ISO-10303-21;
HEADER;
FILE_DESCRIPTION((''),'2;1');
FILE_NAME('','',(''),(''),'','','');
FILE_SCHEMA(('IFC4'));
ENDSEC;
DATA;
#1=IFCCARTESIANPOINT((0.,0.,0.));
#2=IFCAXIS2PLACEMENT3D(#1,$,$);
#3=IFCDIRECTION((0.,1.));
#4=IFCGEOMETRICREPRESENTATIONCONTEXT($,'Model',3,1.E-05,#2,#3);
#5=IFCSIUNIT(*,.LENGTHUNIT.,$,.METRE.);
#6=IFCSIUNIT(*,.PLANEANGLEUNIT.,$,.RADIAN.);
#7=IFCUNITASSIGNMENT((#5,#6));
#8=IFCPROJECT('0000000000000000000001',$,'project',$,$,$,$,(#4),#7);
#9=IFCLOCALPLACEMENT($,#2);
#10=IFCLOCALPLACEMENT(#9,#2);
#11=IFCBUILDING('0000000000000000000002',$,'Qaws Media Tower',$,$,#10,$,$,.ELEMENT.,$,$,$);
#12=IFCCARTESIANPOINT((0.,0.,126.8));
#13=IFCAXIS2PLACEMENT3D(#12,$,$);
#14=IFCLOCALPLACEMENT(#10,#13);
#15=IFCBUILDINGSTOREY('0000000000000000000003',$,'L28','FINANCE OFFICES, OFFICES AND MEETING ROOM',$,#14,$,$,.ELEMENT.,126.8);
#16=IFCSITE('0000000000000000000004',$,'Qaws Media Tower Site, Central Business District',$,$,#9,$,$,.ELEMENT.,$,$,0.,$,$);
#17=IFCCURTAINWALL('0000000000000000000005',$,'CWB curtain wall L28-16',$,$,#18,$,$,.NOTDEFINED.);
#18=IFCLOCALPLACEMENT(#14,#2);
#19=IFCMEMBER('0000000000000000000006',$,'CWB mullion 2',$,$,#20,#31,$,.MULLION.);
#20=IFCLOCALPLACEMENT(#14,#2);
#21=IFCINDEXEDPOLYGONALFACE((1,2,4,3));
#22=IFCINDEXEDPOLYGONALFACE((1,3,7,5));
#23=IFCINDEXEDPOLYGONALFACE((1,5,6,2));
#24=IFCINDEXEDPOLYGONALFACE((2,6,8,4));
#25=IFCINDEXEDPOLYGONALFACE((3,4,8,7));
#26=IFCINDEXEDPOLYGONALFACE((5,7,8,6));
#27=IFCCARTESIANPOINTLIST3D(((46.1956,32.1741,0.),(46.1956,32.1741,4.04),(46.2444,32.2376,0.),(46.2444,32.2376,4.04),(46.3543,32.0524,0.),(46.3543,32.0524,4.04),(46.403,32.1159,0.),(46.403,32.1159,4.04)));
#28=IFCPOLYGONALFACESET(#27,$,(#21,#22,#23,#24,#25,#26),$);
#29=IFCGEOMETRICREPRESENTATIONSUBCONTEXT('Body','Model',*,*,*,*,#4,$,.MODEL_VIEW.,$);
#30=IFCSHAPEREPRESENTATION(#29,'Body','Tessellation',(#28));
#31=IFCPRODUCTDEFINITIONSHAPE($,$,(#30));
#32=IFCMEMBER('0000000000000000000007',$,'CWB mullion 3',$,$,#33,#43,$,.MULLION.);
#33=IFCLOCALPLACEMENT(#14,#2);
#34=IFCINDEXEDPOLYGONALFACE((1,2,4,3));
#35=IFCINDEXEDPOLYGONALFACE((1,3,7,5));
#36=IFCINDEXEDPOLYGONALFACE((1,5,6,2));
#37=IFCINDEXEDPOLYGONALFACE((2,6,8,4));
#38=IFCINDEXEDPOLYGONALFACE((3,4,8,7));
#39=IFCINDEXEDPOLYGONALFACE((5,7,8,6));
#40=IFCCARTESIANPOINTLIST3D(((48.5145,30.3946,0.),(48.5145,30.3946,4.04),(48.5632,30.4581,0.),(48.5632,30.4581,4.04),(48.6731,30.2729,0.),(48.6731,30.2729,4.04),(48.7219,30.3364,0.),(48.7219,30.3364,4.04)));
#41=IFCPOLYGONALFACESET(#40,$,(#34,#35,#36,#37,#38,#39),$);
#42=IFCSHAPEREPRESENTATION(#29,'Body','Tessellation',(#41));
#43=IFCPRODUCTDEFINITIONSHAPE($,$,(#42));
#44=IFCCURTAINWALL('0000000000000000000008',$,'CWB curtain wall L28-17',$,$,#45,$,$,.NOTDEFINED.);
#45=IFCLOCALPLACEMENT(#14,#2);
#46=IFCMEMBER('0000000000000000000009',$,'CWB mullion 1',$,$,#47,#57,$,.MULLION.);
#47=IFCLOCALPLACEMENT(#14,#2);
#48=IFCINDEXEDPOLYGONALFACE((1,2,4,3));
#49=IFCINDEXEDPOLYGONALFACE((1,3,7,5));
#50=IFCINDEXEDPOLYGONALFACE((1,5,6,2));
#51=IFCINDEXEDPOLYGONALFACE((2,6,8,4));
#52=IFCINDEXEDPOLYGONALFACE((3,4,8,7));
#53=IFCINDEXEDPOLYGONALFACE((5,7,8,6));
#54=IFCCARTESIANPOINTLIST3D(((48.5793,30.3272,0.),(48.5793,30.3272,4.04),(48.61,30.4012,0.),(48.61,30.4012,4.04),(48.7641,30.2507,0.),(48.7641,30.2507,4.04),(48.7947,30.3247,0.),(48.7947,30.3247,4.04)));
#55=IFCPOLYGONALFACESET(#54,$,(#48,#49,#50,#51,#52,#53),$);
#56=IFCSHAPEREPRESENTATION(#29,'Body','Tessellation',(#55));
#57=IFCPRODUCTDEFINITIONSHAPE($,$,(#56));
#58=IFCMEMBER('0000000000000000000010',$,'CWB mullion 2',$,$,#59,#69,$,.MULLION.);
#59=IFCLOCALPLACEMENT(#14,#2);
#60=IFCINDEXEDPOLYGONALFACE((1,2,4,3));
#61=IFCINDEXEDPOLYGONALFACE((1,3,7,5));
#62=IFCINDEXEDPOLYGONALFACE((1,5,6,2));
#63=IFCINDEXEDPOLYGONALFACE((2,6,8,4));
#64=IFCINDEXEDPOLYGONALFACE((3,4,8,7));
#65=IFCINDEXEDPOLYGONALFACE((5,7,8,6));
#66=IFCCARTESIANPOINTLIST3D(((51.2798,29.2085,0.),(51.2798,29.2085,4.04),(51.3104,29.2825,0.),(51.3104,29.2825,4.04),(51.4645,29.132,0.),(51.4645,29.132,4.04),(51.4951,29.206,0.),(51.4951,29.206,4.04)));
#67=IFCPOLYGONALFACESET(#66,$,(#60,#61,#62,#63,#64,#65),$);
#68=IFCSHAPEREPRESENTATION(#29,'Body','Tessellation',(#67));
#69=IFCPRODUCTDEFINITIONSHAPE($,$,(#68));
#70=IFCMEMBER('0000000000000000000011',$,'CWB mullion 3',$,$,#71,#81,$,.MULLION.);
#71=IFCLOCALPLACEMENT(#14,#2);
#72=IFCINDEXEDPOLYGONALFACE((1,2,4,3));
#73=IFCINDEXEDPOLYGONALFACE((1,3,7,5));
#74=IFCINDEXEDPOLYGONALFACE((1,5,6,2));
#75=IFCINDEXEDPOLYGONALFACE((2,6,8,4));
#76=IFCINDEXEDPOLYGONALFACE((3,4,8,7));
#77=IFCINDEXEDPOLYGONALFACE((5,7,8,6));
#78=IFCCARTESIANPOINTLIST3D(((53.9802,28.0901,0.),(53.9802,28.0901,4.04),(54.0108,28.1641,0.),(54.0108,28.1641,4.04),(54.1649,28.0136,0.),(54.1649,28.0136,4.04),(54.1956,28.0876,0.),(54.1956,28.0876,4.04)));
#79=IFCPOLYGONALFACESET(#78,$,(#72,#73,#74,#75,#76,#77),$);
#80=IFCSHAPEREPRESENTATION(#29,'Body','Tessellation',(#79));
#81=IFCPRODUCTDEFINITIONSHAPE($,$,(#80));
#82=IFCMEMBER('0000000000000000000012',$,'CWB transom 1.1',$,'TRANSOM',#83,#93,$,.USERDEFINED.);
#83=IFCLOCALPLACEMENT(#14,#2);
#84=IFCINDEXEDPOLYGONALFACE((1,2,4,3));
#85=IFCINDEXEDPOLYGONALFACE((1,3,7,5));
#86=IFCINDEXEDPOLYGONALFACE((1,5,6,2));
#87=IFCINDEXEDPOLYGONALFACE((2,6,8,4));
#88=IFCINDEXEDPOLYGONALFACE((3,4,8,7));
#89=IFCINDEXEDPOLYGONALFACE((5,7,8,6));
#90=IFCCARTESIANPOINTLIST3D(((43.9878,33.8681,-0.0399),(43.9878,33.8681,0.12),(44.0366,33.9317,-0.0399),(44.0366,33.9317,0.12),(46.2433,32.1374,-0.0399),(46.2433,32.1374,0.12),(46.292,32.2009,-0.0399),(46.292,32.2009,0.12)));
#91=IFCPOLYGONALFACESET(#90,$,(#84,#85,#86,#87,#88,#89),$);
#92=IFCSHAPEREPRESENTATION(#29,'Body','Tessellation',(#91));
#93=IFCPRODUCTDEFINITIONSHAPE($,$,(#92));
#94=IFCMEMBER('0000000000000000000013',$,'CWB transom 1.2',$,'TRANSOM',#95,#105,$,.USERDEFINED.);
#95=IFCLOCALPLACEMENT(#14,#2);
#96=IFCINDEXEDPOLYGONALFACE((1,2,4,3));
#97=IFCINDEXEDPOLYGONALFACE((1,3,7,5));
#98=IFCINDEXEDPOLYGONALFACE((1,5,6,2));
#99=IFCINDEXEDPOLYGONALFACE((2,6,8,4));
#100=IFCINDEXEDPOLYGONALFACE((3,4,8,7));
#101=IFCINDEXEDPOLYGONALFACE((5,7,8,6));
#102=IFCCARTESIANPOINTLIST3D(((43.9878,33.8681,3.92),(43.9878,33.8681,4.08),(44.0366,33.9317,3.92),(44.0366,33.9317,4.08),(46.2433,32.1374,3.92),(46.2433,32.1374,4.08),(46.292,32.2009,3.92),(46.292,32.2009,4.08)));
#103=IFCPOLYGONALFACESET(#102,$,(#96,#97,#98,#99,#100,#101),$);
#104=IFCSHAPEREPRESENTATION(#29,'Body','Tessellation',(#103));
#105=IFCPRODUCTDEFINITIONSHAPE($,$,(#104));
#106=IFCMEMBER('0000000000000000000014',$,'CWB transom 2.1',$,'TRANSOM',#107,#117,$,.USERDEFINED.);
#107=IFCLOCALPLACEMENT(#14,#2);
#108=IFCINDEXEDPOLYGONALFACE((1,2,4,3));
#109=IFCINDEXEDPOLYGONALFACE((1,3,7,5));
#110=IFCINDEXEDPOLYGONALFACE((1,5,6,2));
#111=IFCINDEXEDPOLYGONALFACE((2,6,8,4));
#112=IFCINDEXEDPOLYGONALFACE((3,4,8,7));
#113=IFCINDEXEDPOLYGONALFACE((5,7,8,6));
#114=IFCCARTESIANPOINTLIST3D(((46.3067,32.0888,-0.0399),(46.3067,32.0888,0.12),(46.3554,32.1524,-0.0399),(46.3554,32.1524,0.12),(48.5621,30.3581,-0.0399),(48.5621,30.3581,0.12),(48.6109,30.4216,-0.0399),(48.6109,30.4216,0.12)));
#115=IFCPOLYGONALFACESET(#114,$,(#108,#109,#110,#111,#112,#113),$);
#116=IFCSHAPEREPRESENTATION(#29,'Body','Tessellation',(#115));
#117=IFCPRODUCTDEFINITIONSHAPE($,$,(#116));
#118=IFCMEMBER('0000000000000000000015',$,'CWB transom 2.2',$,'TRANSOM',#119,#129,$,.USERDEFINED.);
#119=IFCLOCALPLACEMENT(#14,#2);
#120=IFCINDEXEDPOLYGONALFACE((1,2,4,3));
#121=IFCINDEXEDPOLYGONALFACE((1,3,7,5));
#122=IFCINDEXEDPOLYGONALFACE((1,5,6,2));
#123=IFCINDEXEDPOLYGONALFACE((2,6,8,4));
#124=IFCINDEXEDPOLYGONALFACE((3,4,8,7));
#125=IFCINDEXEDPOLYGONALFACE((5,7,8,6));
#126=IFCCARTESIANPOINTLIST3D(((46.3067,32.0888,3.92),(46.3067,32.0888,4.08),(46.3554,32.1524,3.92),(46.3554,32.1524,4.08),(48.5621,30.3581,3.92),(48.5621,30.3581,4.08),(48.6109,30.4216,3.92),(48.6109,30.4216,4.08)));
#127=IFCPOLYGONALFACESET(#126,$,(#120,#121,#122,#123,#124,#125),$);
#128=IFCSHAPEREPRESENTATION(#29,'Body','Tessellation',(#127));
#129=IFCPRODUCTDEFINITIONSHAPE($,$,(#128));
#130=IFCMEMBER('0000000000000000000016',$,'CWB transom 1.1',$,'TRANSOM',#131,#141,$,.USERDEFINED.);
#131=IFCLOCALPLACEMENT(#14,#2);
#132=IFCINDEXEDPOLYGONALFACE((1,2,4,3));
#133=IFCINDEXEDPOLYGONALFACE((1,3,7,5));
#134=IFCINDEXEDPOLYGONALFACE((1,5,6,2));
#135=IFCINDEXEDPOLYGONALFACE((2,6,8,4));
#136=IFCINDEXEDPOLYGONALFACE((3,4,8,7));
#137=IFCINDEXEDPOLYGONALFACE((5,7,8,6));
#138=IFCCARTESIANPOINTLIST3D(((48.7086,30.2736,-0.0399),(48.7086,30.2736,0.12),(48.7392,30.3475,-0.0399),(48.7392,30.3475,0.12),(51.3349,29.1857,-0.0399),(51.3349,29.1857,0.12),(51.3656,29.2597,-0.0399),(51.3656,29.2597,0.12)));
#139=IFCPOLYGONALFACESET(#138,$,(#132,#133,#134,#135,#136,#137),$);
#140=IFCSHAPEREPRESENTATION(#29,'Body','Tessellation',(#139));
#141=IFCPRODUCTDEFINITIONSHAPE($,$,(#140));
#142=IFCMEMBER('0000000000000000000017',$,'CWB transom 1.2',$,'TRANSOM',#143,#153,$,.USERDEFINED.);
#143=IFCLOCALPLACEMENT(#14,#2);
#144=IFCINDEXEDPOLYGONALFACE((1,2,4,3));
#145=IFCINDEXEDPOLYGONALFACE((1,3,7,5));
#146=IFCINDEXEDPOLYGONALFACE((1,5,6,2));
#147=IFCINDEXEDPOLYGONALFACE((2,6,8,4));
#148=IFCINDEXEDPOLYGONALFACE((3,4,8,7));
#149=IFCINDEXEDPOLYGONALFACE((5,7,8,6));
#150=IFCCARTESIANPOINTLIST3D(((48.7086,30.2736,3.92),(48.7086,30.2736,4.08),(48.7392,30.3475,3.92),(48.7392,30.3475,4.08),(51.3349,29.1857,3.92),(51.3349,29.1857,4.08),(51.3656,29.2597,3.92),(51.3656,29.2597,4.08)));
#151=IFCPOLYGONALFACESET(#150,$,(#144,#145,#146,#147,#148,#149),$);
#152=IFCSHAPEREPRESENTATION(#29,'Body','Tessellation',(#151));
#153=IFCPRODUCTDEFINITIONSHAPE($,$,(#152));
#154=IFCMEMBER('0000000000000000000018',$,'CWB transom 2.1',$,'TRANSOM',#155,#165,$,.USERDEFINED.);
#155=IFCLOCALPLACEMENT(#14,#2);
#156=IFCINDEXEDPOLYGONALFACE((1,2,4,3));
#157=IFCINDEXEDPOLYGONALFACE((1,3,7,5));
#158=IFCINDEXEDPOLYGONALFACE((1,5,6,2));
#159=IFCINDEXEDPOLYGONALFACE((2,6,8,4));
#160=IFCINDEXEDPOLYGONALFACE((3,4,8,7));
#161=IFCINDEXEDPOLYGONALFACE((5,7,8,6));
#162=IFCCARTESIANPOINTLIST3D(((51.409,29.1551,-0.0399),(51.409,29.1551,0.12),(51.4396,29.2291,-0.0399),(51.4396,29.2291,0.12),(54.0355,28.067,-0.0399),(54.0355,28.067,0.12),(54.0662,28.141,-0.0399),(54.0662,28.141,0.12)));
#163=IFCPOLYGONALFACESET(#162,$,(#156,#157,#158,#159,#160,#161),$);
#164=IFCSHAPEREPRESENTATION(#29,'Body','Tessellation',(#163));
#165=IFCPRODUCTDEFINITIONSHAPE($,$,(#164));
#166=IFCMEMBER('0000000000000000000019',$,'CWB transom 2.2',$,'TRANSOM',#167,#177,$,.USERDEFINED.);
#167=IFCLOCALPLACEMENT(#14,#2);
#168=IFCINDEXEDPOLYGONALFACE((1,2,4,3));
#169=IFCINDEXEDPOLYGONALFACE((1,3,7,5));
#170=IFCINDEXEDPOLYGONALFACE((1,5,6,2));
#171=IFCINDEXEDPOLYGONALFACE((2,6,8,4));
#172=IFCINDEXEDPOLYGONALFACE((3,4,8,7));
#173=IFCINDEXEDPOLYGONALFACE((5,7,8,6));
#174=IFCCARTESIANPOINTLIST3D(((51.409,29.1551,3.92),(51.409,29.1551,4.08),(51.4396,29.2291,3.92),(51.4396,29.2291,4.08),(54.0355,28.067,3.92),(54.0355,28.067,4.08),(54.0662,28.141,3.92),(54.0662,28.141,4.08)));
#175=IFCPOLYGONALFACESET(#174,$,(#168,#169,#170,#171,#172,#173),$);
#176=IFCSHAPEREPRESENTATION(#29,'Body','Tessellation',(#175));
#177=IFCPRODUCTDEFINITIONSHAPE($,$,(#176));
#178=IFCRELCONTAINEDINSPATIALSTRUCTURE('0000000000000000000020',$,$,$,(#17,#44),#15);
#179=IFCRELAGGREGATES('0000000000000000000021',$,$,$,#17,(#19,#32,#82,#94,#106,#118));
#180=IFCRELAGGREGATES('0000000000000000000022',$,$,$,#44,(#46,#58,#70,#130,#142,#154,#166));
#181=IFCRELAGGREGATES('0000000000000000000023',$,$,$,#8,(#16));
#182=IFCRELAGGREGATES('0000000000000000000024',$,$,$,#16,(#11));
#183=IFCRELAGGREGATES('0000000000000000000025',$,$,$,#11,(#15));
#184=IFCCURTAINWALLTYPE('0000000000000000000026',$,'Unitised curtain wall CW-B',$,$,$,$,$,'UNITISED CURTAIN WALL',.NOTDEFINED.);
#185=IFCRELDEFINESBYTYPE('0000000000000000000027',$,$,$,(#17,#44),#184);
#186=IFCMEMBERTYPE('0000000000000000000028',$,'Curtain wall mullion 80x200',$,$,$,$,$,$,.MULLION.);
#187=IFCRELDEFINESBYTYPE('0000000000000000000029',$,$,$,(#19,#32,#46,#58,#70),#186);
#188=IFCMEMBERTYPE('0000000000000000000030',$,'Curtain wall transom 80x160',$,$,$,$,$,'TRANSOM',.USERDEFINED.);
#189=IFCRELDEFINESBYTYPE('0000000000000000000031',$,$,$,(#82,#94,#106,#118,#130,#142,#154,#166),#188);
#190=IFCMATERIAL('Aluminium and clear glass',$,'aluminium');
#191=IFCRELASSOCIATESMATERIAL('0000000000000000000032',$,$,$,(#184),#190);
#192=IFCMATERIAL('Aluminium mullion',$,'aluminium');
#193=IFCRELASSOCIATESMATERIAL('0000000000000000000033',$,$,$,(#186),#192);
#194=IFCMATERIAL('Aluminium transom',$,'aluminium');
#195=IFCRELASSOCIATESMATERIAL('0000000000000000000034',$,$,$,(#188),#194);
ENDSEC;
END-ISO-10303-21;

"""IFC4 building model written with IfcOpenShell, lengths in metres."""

from ifc_helpers import new_model, si_unit, direction, frame, origin, origin_2d, place, context, subcontext, project, spatial, rectangle, extrude, material, material_profile, profile_set, type_object, element, aggregate, save


model = new_model("IFC4")

# Units and contexts
model_context = context("Model", 3, precision=1e-05, world=origin(), true_north=direction((0.0, 1.0)))
body_context = subcontext(model_context, "Body", "Model", "MODEL_VIEW")
ifc_project = project(units=[si_unit("LENGTHUNIT", "METRE"), si_unit("PLANEANGLEUNIT", "RADIAN")], contexts=[model_context])

# Site, building, storey
site_placement = place(None, origin())
site = spatial("IfcSite", under=ifc_project, at=site_placement, Name="Qaws Media Tower Site, Central Business District", CompositionType="ELEMENT", RefElevation=0.0)
building_placement = place(site_placement, origin())
building = spatial("IfcBuilding", under=site, at=building_placement, Name="Qaws Media Tower", CompositionType="ELEMENT")
storey_placement = place(building_placement, frame((0.0, 0.0, 126.8)))
storey = spatial("IfcBuildingStorey", under=building, at=storey_placement, Name="L28", Description="FINANCE OFFICES, OFFICES AND MEETING ROOM", CompositionType="ELEMENT", Elevation=126.8)

# Curtain walls, members
ifc_material_1 = material(Name="Aluminium and clear glass", Category="aluminium")
curtain_wall_type = type_object("IfcCurtainWallType", Name="Unitised curtain wall CW-B", ElementType="UNITISED CURTAIN WALL", PredefinedType="NOTDEFINED", material=ifc_material_1)
curtain_wall_1_placement = place(storey_placement, origin())
curtain_wall_1 = element("IfcCurtainWall", 1, at=curtain_wall_1_placement, inside=storey, type_object=curtain_wall_type, Name="CWB curtain wall L28-16", PredefinedType="NOTDEFINED")
ifc_material_2 = material(Name="Aluminium mullion", Category="aluminium")
ifc_material_profile_1 = material_profile(ifc_material_2, rectangle(XDim=0.0801, YDim=0.2, at=origin_2d()), Name="80x200")
ifc_profile_set_1 = profile_set([ifc_material_profile_1], Name="Aluminium mullion")
member_type_1 = type_object("IfcMemberType", Name="Curtain wall mullion 80x200", PredefinedType="MULLION", material=ifc_profile_set_1)
member_1_placement = place(storey_placement, frame((46.2993, 32.145, 0.0), z_axis=(0.0, 0.0, 1.0), x_axis=(0.608761, 0.793353, 0.0)))
member_1 = element("IfcMember", 2, at=member_1_placement, type_object=member_type_1, Name="CWB mullion 2", PredefinedType="MULLION", context=body_context, shape_type="SweptSolid", body=[
    extrude(rectangle(XDim=0.0801, YDim=0.2, at=origin_2d()), origin(), (0.0, 0.0, 1.0), 4.04),
])
member_2_placement = place(storey_placement, frame((48.6182, 30.3655, 0.0), z_axis=(0.0, 0.0, 1.0), x_axis=(0.608761, 0.793353, 0.0)))
member_2 = element("IfcMember", 3, at=member_2_placement, type_object=member_type_1, Name="CWB mullion 3", PredefinedType="MULLION", context=body_context, shape_type="SweptSolid", body=[
    extrude(rectangle(XDim=0.0801, YDim=0.2, at=origin_2d()), origin(), (0.0, 0.0, 1.0), 4.04),
])
curtain_wall_2_placement = place(storey_placement, origin())
curtain_wall_2 = element("IfcCurtainWall", 4, at=curtain_wall_2_placement, inside=storey, type_object=curtain_wall_type, Name="CWB curtain wall L28-17", PredefinedType="NOTDEFINED")
member_3_placement = place(storey_placement, frame((48.687, 30.3259, 0.0), z_axis=(0.0, 0.0, 1.0), x_axis=(0.382683, 0.92388, 0.0)))
member_3 = element("IfcMember", 5, at=member_3_placement, type_object=member_type_1, Name="CWB mullion 1", PredefinedType="MULLION", context=body_context, shape_type="SweptSolid", body=[
    extrude(rectangle(XDim=0.0801, YDim=0.2, at=origin_2d()), origin(), (0.0, 0.0, 1.0), 4.04),
])
member_4_placement = place(storey_placement, frame((51.3875, 29.2073, 0.0), z_axis=(0.0, 0.0, 1.0), x_axis=(0.382683, 0.92388, 0.0)))
member_4 = element("IfcMember", 6, at=member_4_placement, type_object=member_type_1, Name="CWB mullion 2", PredefinedType="MULLION", context=body_context, shape_type="SweptSolid", body=[
    extrude(rectangle(XDim=0.0801, YDim=0.2, at=origin_2d()), origin(), (0.0, 0.0, 1.0), 4.04),
])
member_5_placement = place(storey_placement, frame((54.0879, 28.0889, 0.0), z_axis=(0.0, 0.0, 1.0), x_axis=(0.382683, 0.92388, 0.0)))
member_5 = element("IfcMember", 7, at=member_5_placement, type_object=member_type_1, Name="CWB mullion 3", PredefinedType="MULLION", context=body_context, shape_type="SweptSolid", body=[
    extrude(rectangle(XDim=0.0801, YDim=0.2, at=origin_2d()), origin(), (0.0, 0.0, 1.0), 4.04),
])

# Members
ifc_material_3 = material(Name="Aluminium transom", Category="aluminium")
ifc_material_profile_2 = material_profile(ifc_material_3, rectangle(XDim=0.0801, YDim=0.1599, at=origin_2d()), Name="80x160")
ifc_profile_set_2 = profile_set([ifc_material_profile_2], Name="Aluminium transom")
member_type_2 = type_object("IfcMemberType", Name="Curtain wall transom 80x160", ElementType="TRANSOM", PredefinedType="USERDEFINED", material=ifc_profile_set_2)
member_6_placement = place(storey_placement, frame((44.0122, 33.8999, 0.04), z_axis=(0.793335, -0.608785, 0.0), x_axis=(0.608785, 0.793335, 0.0)))
member_6 = element("IfcMember", 8, at=member_6_placement, type_object=member_type_2, Name="CWB transom 1.1", ObjectType="TRANSOM", PredefinedType="USERDEFINED", context=body_context, shape_type="SweptSolid", body=[
    extrude(rectangle(XDim=0.0801, YDim=0.1599, at=origin_2d()), origin(), (0.0, 0.0, 1.0), 2.843),
])
member_7_placement = place(storey_placement, frame((44.0122, 33.8999, 4.0), z_axis=(0.793335, -0.608785, 0.0), x_axis=(0.608785, 0.793335, 0.0)))
member_7 = element("IfcMember", 9, at=member_7_placement, type_object=member_type_2, Name="CWB transom 1.2", ObjectType="TRANSOM", PredefinedType="USERDEFINED", context=body_context, shape_type="SweptSolid", body=[
    extrude(rectangle(XDim=0.0801, YDim=0.1599, at=origin_2d()), origin(), (0.0, 0.0, 1.0), 2.843),
])
member_8_placement = place(storey_placement, frame((46.3311, 32.1206, 0.04), z_axis=(0.793335, -0.608785, 0.0), x_axis=(0.608785, 0.793335, 0.0)))
member_8 = element("IfcMember", 10, at=member_8_placement, type_object=member_type_2, Name="CWB transom 2.1", ObjectType="TRANSOM", PredefinedType="USERDEFINED", context=body_context, shape_type="SweptSolid", body=[
    extrude(rectangle(XDim=0.0801, YDim=0.1599, at=origin_2d()), origin(), (0.0, 0.0, 1.0), 2.843),
])
member_9_placement = place(storey_placement, frame((46.3311, 32.1206, 4.0), z_axis=(0.793335, -0.608785, 0.0), x_axis=(0.608785, 0.793335, 0.0)))
member_9 = element("IfcMember", 11, at=member_9_placement, type_object=member_type_2, Name="CWB transom 2.2", ObjectType="TRANSOM", PredefinedType="USERDEFINED", context=body_context, shape_type="SweptSolid", body=[
    extrude(rectangle(XDim=0.0801, YDim=0.1599, at=origin_2d()), origin(), (0.0, 0.0, 1.0), 2.843),
])
member_10_placement = place(storey_placement, frame((48.7239, 30.3105, 0.04), z_axis=(0.923883, -0.382675, 0.0), x_axis=(0.382675, 0.923883, 0.0)))
member_10 = element("IfcMember", 12, at=member_10_placement, type_object=member_type_2, Name="CWB transom 1.1", ObjectType="TRANSOM", PredefinedType="USERDEFINED", context=body_context, shape_type="SweptSolid", body=[
    extrude(rectangle(XDim=0.0801, YDim=0.1599, at=origin_2d()), origin(), (0.0, 0.0, 1.0), 2.8428),
])
member_11_placement = place(storey_placement, frame((48.7239, 30.3105, 4.0), z_axis=(0.923883, -0.382675, 0.0), x_axis=(0.382675, 0.923883, 0.0)))
member_11 = element("IfcMember", 13, at=member_11_placement, type_object=member_type_2, Name="CWB transom 1.2", ObjectType="TRANSOM", PredefinedType="USERDEFINED", context=body_context, shape_type="SweptSolid", body=[
    extrude(rectangle(XDim=0.0801, YDim=0.1599, at=origin_2d()), origin(), (0.0, 0.0, 1.0), 2.8428),
])
member_12_placement = place(storey_placement, frame((51.4243, 29.1921, 0.04), z_axis=(0.923852, -0.382749, 0.0), x_axis=(0.382749, 0.923852, 0.0)))
member_12 = element("IfcMember", 14, at=member_12_placement, type_object=member_type_2, Name="CWB transom 2.1", ObjectType="TRANSOM", PredefinedType="USERDEFINED", context=body_context, shape_type="SweptSolid", body=[
    extrude(rectangle(XDim=0.0801, YDim=0.1599, at=origin_2d()), origin(), (0.0, 0.0, 1.0), 2.843),
])
member_13_placement = place(storey_placement, frame((51.4243, 29.1921, 4.0), z_axis=(0.923852, -0.382749, 0.0), x_axis=(0.382749, 0.923852, 0.0)))
member_13 = element("IfcMember", 15, at=member_13_placement, type_object=member_type_2, Name="CWB transom 2.2", ObjectType="TRANSOM", PredefinedType="USERDEFINED", context=body_context, shape_type="SweptSolid", body=[
    extrude(rectangle(XDim=0.0801, YDim=0.1599, at=origin_2d()), origin(), (0.0, 0.0, 1.0), 2.843),
])

aggregate(curtain_wall_1, [member_1, member_2, member_6, member_7, member_8, member_9])
aggregate(curtain_wall_2, [member_3, member_4, member_5, member_10, member_11, member_12, member_13])

save(model, "model.ifc")
